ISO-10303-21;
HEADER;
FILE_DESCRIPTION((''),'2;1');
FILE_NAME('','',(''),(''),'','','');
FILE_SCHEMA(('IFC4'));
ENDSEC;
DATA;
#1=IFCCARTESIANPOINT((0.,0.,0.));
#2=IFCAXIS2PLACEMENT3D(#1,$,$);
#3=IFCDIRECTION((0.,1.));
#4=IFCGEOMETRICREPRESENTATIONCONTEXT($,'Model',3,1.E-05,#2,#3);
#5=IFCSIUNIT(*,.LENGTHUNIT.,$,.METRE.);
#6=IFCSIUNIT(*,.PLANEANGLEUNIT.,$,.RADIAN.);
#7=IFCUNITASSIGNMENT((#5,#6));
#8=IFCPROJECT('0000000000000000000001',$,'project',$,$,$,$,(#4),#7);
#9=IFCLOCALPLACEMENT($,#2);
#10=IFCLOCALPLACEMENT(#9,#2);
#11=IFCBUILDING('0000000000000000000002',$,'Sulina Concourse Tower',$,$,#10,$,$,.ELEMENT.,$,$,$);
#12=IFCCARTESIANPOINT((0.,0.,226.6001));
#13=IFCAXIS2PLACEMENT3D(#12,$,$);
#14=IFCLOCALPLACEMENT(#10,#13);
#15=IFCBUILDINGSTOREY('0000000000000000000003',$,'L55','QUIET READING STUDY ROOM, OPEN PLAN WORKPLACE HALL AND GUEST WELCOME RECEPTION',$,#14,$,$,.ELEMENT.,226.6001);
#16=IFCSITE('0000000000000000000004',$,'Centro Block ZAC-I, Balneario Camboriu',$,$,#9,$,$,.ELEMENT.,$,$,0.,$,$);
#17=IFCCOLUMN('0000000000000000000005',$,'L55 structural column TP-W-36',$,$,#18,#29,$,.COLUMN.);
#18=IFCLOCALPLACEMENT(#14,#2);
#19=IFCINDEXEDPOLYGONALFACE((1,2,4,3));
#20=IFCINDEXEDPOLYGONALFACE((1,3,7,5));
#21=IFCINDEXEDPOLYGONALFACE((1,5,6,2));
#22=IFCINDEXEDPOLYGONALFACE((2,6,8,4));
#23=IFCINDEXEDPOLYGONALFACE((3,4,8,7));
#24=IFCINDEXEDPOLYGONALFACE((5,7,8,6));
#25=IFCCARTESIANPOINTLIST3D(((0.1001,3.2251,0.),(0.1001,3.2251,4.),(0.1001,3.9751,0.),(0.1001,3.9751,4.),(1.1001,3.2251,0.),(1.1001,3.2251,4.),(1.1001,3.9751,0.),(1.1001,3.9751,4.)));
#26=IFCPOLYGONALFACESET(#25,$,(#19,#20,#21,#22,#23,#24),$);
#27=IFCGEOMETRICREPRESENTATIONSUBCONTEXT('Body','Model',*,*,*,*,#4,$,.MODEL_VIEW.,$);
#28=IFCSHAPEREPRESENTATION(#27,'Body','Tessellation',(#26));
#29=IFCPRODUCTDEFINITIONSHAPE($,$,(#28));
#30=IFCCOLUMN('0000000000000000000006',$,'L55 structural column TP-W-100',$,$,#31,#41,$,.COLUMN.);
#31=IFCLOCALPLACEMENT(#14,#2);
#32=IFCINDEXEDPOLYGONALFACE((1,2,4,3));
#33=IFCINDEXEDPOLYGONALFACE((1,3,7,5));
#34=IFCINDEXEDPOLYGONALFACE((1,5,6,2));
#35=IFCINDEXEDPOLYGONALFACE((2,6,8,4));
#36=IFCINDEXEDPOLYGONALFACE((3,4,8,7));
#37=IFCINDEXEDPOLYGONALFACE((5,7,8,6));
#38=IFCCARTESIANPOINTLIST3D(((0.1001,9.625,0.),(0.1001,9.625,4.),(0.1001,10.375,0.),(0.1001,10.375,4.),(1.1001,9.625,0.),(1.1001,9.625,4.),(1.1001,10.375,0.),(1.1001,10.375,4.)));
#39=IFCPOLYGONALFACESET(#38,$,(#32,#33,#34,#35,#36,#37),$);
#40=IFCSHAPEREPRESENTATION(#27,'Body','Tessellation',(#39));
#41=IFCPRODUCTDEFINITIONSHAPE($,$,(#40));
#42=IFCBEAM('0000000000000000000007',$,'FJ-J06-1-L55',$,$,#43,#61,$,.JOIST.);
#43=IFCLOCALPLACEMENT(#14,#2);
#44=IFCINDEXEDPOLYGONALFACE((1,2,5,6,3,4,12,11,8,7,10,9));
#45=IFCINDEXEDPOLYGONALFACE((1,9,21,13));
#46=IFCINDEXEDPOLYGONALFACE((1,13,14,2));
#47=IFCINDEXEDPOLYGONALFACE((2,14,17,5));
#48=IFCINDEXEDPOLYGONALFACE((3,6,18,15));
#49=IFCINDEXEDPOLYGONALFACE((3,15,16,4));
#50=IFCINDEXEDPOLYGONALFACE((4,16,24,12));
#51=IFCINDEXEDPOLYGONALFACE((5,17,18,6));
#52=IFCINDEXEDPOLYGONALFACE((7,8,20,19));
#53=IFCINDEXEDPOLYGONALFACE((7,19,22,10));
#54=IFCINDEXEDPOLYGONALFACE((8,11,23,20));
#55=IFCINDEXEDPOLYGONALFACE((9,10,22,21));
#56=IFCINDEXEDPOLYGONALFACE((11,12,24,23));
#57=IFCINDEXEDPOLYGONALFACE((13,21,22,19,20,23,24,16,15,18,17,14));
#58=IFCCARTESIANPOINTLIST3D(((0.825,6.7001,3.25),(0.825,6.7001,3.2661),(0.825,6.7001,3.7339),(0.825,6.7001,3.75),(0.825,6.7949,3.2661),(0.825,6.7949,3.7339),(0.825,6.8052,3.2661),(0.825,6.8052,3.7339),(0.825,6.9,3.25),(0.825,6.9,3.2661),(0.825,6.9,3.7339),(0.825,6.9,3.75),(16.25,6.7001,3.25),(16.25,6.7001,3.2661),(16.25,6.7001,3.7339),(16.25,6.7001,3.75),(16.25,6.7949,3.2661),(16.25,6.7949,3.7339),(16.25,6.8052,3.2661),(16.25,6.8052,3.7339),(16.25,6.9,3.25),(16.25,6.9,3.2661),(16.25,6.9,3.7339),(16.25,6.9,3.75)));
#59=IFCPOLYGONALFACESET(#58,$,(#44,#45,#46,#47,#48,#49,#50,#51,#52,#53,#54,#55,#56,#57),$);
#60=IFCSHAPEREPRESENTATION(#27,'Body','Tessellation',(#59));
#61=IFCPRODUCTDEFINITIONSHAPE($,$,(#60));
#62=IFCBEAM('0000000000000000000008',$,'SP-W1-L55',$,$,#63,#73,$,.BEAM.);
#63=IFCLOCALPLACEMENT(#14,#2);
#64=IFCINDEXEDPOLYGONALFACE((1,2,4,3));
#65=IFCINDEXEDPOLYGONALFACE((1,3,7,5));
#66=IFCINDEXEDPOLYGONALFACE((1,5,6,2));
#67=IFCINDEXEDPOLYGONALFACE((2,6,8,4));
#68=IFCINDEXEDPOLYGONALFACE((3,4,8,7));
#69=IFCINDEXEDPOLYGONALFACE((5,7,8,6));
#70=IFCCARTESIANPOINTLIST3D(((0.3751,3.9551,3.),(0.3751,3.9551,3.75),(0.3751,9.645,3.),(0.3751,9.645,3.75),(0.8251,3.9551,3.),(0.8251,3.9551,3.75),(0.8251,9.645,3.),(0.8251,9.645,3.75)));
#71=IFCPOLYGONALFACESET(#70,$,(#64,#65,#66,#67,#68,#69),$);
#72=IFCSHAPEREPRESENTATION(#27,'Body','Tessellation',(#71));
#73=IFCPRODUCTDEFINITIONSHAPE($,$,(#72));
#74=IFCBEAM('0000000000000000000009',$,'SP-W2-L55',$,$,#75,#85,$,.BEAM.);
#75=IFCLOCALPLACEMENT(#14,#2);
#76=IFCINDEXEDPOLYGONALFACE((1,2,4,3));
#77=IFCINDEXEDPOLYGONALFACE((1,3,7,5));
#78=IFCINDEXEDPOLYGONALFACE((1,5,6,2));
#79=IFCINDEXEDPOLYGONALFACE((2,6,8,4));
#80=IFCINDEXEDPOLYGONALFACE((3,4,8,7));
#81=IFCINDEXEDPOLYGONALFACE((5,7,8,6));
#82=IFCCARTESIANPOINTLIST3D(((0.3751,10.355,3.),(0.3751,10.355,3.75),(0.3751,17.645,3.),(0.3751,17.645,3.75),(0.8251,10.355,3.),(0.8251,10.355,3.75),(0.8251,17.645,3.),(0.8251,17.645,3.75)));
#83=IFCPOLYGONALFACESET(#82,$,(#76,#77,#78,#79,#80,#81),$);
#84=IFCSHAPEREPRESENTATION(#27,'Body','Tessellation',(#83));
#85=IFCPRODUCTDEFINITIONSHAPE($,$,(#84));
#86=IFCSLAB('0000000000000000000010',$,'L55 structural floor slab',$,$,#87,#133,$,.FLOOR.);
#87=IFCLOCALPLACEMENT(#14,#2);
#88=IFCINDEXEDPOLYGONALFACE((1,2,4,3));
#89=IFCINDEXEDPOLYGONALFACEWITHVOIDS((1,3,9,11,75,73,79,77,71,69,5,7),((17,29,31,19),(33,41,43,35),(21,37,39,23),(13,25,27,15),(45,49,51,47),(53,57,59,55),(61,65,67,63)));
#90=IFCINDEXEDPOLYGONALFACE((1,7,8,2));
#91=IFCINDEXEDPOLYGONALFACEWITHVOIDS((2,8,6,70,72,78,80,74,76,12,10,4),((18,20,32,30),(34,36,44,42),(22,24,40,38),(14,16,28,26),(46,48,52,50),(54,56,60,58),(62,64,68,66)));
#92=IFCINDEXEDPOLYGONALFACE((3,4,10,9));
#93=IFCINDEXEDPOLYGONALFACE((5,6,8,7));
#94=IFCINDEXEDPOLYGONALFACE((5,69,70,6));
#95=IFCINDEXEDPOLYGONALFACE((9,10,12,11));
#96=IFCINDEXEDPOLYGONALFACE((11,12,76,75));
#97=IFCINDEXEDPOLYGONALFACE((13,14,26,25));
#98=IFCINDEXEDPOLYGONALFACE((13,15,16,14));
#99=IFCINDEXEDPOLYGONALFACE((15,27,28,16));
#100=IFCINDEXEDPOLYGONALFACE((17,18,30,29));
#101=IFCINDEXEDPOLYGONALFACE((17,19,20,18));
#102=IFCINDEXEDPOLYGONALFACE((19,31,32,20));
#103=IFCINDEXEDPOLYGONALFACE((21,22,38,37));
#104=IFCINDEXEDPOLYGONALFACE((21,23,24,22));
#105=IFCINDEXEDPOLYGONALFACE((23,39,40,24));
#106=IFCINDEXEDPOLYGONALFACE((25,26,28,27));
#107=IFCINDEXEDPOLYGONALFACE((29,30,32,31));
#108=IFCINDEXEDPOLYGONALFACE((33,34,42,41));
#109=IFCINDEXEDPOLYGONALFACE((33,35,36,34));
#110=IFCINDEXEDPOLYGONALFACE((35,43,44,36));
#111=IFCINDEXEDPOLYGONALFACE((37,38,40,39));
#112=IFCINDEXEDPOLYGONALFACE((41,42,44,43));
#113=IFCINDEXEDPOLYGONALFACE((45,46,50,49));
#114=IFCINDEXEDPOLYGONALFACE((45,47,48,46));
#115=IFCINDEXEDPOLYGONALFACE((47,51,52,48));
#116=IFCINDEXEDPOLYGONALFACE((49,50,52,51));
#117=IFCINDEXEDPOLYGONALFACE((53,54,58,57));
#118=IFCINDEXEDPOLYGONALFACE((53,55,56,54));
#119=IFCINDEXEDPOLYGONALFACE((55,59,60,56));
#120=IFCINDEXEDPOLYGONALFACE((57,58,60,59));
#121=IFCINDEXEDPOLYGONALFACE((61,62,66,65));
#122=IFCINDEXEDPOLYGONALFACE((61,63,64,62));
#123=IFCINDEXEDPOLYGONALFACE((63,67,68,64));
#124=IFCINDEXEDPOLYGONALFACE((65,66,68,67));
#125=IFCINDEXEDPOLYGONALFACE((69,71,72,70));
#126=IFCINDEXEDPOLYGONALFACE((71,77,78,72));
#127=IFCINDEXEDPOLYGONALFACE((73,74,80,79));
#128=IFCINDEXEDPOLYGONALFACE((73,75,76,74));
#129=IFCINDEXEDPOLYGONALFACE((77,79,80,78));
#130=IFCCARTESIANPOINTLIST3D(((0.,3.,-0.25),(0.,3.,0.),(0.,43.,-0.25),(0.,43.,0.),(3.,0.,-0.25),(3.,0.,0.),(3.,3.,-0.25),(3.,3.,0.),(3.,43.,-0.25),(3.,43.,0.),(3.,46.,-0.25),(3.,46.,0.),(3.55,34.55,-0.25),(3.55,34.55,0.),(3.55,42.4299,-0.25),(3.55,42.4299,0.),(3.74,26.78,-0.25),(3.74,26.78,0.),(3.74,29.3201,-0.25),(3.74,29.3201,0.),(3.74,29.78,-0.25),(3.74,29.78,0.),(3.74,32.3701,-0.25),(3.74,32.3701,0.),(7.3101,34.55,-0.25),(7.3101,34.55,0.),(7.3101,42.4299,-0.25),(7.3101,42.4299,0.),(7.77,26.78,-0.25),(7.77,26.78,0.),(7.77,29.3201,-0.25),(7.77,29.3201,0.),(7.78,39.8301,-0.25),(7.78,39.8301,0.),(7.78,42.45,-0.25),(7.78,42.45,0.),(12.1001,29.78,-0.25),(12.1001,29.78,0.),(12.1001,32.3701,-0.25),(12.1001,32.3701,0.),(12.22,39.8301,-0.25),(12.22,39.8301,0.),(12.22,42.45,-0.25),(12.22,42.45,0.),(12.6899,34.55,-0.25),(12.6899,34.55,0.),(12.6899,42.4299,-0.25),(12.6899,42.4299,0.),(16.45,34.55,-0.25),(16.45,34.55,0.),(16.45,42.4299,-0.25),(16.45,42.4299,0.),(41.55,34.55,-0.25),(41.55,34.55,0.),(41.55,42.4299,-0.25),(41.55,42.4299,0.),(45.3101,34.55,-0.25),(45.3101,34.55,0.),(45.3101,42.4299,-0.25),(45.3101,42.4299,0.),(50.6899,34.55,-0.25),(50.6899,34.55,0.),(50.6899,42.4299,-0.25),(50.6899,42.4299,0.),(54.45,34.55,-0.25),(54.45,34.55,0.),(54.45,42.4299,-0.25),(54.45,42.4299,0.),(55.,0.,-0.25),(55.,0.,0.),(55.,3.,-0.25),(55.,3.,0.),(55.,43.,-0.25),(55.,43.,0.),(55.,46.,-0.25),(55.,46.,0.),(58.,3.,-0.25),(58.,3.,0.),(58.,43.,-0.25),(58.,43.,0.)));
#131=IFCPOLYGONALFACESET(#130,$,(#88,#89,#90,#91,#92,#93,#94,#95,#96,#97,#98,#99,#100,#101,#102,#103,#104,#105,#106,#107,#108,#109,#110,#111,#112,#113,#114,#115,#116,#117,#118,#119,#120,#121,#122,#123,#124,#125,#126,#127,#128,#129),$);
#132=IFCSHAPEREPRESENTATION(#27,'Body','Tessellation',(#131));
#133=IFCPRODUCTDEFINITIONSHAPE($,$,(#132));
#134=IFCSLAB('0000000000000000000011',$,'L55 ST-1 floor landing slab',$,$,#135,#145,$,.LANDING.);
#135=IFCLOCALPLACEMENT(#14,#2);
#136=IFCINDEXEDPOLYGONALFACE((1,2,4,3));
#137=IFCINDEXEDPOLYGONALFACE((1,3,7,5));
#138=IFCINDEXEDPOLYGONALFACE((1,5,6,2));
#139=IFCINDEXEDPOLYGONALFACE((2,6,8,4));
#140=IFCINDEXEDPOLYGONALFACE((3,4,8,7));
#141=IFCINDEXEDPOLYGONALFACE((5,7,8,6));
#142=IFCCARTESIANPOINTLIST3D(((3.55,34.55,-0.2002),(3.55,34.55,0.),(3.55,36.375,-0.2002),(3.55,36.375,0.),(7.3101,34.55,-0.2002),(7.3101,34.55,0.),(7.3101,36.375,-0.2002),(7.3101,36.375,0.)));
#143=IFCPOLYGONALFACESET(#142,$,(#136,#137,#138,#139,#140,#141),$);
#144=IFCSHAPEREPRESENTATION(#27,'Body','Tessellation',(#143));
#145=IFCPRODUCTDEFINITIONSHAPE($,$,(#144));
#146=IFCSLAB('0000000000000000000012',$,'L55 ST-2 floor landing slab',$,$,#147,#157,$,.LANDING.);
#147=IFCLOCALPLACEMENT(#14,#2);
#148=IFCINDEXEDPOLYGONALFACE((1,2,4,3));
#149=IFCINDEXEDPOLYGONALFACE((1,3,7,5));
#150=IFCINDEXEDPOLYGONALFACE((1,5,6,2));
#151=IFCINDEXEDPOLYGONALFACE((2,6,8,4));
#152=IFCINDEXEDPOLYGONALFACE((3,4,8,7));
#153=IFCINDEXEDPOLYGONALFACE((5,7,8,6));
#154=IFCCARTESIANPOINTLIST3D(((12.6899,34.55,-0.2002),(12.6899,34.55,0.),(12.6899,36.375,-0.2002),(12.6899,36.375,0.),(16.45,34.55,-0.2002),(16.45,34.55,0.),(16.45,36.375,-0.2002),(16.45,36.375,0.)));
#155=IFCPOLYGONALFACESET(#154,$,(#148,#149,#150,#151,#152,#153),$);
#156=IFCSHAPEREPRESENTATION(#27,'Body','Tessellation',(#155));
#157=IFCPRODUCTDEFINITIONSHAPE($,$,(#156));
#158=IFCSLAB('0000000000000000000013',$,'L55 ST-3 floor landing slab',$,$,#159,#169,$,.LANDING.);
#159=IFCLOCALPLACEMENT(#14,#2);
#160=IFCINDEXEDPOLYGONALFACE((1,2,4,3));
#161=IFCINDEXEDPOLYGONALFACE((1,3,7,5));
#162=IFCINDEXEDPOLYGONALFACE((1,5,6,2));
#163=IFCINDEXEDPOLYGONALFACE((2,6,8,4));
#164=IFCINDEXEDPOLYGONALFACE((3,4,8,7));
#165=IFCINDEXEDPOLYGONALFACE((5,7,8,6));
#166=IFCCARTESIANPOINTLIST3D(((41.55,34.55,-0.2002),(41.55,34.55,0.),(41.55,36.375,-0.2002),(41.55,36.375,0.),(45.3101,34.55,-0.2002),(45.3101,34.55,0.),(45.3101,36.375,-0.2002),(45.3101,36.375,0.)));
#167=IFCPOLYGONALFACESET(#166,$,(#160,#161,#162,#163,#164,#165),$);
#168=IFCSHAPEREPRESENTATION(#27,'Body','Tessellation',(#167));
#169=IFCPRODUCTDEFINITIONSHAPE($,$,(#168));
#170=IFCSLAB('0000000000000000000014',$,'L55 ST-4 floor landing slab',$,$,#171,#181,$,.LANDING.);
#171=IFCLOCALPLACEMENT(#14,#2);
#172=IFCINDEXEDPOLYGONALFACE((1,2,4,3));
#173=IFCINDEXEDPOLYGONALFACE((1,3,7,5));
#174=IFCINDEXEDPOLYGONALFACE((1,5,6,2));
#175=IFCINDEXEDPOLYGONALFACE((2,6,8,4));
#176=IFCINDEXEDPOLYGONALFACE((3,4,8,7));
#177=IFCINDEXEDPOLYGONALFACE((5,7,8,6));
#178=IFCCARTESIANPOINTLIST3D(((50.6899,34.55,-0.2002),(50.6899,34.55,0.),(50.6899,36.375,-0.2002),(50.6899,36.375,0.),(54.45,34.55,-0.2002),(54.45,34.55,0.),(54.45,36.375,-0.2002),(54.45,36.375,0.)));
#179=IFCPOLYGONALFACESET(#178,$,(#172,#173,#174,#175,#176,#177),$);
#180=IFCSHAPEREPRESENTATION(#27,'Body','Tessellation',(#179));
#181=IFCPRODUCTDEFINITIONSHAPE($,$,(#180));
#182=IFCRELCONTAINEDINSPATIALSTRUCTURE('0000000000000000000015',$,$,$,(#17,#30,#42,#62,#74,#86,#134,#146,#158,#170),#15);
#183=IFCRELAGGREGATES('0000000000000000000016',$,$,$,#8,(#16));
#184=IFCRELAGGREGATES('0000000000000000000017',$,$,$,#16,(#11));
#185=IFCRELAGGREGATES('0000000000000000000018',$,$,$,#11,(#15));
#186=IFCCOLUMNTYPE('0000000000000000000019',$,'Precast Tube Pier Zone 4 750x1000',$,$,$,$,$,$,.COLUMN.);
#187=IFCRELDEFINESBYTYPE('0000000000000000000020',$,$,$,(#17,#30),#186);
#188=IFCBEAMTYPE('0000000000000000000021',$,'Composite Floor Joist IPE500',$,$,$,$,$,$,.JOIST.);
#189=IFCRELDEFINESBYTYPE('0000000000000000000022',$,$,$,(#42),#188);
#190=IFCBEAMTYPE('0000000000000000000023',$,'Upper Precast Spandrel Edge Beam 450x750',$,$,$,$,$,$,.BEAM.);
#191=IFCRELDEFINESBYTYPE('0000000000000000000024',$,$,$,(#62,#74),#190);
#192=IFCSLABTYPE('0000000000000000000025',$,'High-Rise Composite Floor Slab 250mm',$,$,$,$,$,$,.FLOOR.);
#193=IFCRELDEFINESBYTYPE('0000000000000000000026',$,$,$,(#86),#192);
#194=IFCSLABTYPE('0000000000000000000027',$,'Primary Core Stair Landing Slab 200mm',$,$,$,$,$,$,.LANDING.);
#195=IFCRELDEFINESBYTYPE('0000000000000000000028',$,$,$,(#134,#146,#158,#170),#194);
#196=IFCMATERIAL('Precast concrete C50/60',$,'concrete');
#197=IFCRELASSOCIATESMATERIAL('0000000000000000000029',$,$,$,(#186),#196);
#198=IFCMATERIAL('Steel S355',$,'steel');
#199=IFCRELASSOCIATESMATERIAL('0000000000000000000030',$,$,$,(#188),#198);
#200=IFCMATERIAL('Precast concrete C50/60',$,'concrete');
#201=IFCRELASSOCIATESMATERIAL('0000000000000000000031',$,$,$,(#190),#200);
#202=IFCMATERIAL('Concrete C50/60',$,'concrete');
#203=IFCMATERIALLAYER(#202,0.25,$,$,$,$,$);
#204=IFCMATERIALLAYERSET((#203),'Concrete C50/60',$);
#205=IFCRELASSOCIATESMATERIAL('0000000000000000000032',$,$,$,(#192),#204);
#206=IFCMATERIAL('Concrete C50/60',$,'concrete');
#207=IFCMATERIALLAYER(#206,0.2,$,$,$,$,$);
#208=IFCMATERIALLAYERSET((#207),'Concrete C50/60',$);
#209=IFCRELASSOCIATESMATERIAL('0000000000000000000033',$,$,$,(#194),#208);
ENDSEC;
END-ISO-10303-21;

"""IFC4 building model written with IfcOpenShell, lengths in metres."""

from ifc_helpers import new_model, si_unit, direction, frame, origin, origin_2d, place, context, subcontext, project, spatial, polyline, rectangle, i_section, outline, extrude, material, layer, layer_set, material_profile, profile_set, type_object, element, save


model = new_model("IFC4")

# Units and contexts
model_context = context("Model", 3, precision=1e-05, world=origin(), true_north=direction((0.0, 1.0)))
body_context = subcontext(model_context, "Body", "Model", "MODEL_VIEW")
ifc_project = project(units=[si_unit("LENGTHUNIT", "METRE"), si_unit("PLANEANGLEUNIT", "RADIAN")], contexts=[model_context])

# Site, building, storey
site_placement = place(None, origin())
site = spatial("IfcSite", under=ifc_project, at=site_placement, Name="Centro Block ZAC-I, Balneario Camboriu", CompositionType="ELEMENT", RefElevation=0.0)
building_placement = place(site_placement, origin())
building = spatial("IfcBuilding", under=site, at=building_placement, Name="Sulina Concourse Tower", CompositionType="ELEMENT")
storey_placement = place(building_placement, frame((0.0, 0.0, 226.6001)))
storey = spatial("IfcBuildingStorey", under=building, at=storey_placement, Name="L55", Description="QUIET READING STUDY ROOM, OPEN PLAN WORKPLACE HALL AND GUEST WELCOME RECEPTION", CompositionType="ELEMENT", Elevation=226.6001)

# Columns
ifc_material_1 = material(Name="Precast concrete C50/60", Category="concrete")
ifc_material_profile_1 = material_profile(ifc_material_1, rectangle(XDim=0.75, YDim=1.0, at=origin_2d()), Name="PC 750x1000")
ifc_profile_set_1 = profile_set([ifc_material_profile_1], Name="Precast concrete C50/60")
column_type = type_object("IfcColumnType", Name="Precast Tube Pier Zone 4 750x1000", PredefinedType="COLUMN", material=ifc_profile_set_1)
for number, where, z_axis, x_axis, name in (
    (1, (0.6001, 3.6001, 0.0), (0.0, 0.0, 1.0), (0.0, 1.0, 0.0), "L55 structural column TP-W-36"),
    (2, (0.6001, 10.0, 0.0), (0.0, 0.0, 1.0), (0.0, 1.0, 0.0), "L55 structural column TP-W-100"),
):
    element("IfcColumn", number, at=place(storey_placement, frame(where, z_axis=z_axis, x_axis=x_axis)), inside=storey, type_object=column_type, Name=name, PredefinedType="COLUMN", context=body_context, shape_type="SweptSolid", body=[
        extrude(rectangle(XDim=0.75, YDim=1.0, at=origin_2d()), origin(), (0.0, 0.0, 1.0), 4.0),
    ])

# Beams
ifc_material_2 = material(Name="Steel S355", Category="steel")
ifc_material_profile_2 = material_profile(ifc_material_2, i_section(OverallWidth=0.2, OverallDepth=0.5, WebThickness=0.0103, FlangeThickness=0.0161, at=origin_2d()), Name="IPE 500")
ifc_profile_set_2 = profile_set([ifc_material_profile_2], Name="Steel S355")
beam_type_1 = type_object("IfcBeamType", Name="Composite Floor Joist IPE500", PredefinedType="JOIST", material=ifc_profile_set_2)
beam_1_placement = place(storey_placement, frame((0.825, 6.8, 3.5), z_axis=(1.0, 0.0, 0.0), x_axis=(0.0, 1.0, 0.0)))
element("IfcBeam", 3, at=beam_1_placement, inside=storey, type_object=beam_type_1, Name="FJ-J06-1-L55", PredefinedType="JOIST", context=body_context, shape_type="SweptSolid", body=[
    extrude(i_section(OverallWidth=0.2, OverallDepth=0.5, WebThickness=0.0103, FlangeThickness=0.0161, at=origin_2d()), origin(), (0.0, 0.0, 1.0), 15.425),
])
ifc_material_3 = material(Name="Precast concrete C50/60", Category="concrete")
ifc_material_profile_3 = material_profile(ifc_material_3, rectangle(XDim=0.45, YDim=0.75, at=origin_2d()), Name="RC 450x750")
ifc_profile_set_3 = profile_set([ifc_material_profile_3], Name="Precast concrete C50/60")
beam_type_2 = type_object("IfcBeamType", Name="Upper Precast Spandrel Edge Beam 450x750", PredefinedType="BEAM", material=ifc_profile_set_3)
beam_2_placement = place(storey_placement, frame((0.6001, 3.9551, 3.375), z_axis=(0.0, 1.0, 0.0), x_axis=(-1.0, 0.0, 0.0)))
element("IfcBeam", 4, at=beam_2_placement, inside=storey, type_object=beam_type_2, Name="SP-W1-L55", PredefinedType="BEAM", context=body_context, shape_type="SweptSolid", body=[
    extrude(rectangle(XDim=0.45, YDim=0.75, at=origin_2d()), origin(), (0.0, 0.0, 1.0), 5.6899),
])
beam_3_placement = place(storey_placement, frame((0.6001, 10.355, 3.375), z_axis=(0.0, 1.0, 0.0), x_axis=(-1.0, 0.0, 0.0)))
element("IfcBeam", 5, at=beam_3_placement, inside=storey, type_object=beam_type_2, Name="SP-W2-L55", PredefinedType="BEAM", context=body_context, shape_type="SweptSolid", body=[
    extrude(rectangle(XDim=0.45, YDim=0.75, at=origin_2d()), origin(), (0.0, 0.0, 1.0), 7.29),
])

# Slabs
ifc_material_4 = material(Name="Concrete C50/60", Category="concrete")
ifc_layer_1 = layer(ifc_material_4, 0.25)
ifc_layer_set_1 = layer_set([ifc_layer_1], Name="Concrete C50/60")
slab_type_1 = type_object("IfcSlabType", Name="High-Rise Composite Floor Slab 250mm", PredefinedType="FLOOR", material=ifc_layer_set_1)
slab_1_placement = place(storey_placement, frame((0.0, 0.0, -0.25)))
element("IfcSlab", 6, at=slab_1_placement, inside=storey, type_object=slab_type_1, Name="L55 structural floor slab", PredefinedType="FLOOR", context=body_context, shape_type="SweptSolid", body=[
    extrude(outline(polyline([(3.0, 0.0), (55.0, 0.0), (55.0, 3.0), (58.0, 3.0), (58.0, 43.0), (55.0, 43.0), (55.0, 46.0), (3.0, 46.0), (3.0, 43.0), (0.0, 43.0), (0.0, 3.0), (3.0, 3.0), (3.0, 0.0)]), holes=[polyline([(7.3101, 34.55), (7.3101, 42.4299), (3.55, 42.4299), (3.55, 34.55), (7.3101, 34.55)]), polyline([(16.45, 34.55), (16.45, 42.4299), (12.6899, 42.4299), (12.6899, 34.55), (16.45, 34.55)]), polyline([(45.3101, 34.55), (45.3101, 42.4299), (41.55, 42.4299), (41.55, 34.55), (45.3101, 34.55)]), polyline([(54.45, 34.55), (54.45, 42.4299), (50.6899, 42.4299), (50.6899, 34.55), (54.45, 34.55)]), polyline([(7.78, 39.8301), (12.22, 39.8301), (12.22, 42.45), (7.78, 42.45), (7.78, 39.8301)]), polyline([(3.74, 26.78), (7.77, 26.78), (7.77, 29.3201), (3.74, 29.3201), (3.74, 26.78)]), polyline([(3.74, 29.78), (12.1001, 29.78), (12.1001, 32.3701), (3.74, 32.3701), (3.74, 29.78)])]), origin(), (0.0, 0.0, 1.0), 0.25),
])
ifc_material_5 = material(Name="Concrete C50/60", Category="concrete")
ifc_layer_2 = layer(ifc_material_5, 0.2)
ifc_layer_set_2 = layer_set([ifc_layer_2], Name="Concrete C50/60")
slab_type_2 = type_object("IfcSlabType", Name="Primary Core Stair Landing Slab 200mm", PredefinedType="LANDING", material=ifc_layer_set_2)
slab_2_placement = place(storey_placement, frame((0.0, 0.0, -0.2002)))
element("IfcSlab", 7, at=slab_2_placement, inside=storey, type_object=slab_type_2, Name="L55 ST-1 floor landing slab", PredefinedType="LANDING", context=body_context, shape_type="SweptSolid", body=[
    extrude(outline(polyline([(7.3101, 34.55), (7.3101, 36.375), (3.55, 36.375), (3.55, 34.55), (7.3101, 34.55)])), origin(), (0.0, 0.0, 1.0), 0.2002),
])
slab_3_placement = place(storey_placement, frame((0.0, 0.0, -0.2002)))
element("IfcSlab", 8, at=slab_3_placement, inside=storey, type_object=slab_type_2, Name="L55 ST-2 floor landing slab", PredefinedType="LANDING", context=body_context, shape_type="SweptSolid", body=[
    extrude(outline(polyline([(16.45, 34.55), (16.45, 36.375), (12.6899, 36.375), (12.6899, 34.55), (16.45, 34.55)])), origin(), (0.0, 0.0, 1.0), 0.2002),
])
slab_4_placement = place(storey_placement, frame((0.0, 0.0, -0.2002)))
element("IfcSlab", 9, at=slab_4_placement, inside=storey, type_object=slab_type_2, Name="L55 ST-3 floor landing slab", PredefinedType="LANDING", context=body_context, shape_type="SweptSolid", body=[
    extrude(outline(polyline([(45.3101, 34.55), (45.3101, 36.375), (41.55, 36.375), (41.55, 34.55), (45.3101, 34.55)])), origin(), (0.0, 0.0, 1.0), 0.2002),
])
slab_5_placement = place(storey_placement, frame((0.0, 0.0, -0.2002)))
element("IfcSlab", 10, at=slab_5_placement, inside=storey, type_object=slab_type_2, Name="L55 ST-4 floor landing slab", PredefinedType="LANDING", context=body_context, shape_type="SweptSolid", body=[
    extrude(outline(polyline([(54.45, 34.55), (54.45, 36.375), (50.6899, 36.375), (50.6899, 34.55), (54.45, 34.55)])), origin(), (0.0, 0.0, 1.0), 0.2002),
])

save(model, "model.ifc")
